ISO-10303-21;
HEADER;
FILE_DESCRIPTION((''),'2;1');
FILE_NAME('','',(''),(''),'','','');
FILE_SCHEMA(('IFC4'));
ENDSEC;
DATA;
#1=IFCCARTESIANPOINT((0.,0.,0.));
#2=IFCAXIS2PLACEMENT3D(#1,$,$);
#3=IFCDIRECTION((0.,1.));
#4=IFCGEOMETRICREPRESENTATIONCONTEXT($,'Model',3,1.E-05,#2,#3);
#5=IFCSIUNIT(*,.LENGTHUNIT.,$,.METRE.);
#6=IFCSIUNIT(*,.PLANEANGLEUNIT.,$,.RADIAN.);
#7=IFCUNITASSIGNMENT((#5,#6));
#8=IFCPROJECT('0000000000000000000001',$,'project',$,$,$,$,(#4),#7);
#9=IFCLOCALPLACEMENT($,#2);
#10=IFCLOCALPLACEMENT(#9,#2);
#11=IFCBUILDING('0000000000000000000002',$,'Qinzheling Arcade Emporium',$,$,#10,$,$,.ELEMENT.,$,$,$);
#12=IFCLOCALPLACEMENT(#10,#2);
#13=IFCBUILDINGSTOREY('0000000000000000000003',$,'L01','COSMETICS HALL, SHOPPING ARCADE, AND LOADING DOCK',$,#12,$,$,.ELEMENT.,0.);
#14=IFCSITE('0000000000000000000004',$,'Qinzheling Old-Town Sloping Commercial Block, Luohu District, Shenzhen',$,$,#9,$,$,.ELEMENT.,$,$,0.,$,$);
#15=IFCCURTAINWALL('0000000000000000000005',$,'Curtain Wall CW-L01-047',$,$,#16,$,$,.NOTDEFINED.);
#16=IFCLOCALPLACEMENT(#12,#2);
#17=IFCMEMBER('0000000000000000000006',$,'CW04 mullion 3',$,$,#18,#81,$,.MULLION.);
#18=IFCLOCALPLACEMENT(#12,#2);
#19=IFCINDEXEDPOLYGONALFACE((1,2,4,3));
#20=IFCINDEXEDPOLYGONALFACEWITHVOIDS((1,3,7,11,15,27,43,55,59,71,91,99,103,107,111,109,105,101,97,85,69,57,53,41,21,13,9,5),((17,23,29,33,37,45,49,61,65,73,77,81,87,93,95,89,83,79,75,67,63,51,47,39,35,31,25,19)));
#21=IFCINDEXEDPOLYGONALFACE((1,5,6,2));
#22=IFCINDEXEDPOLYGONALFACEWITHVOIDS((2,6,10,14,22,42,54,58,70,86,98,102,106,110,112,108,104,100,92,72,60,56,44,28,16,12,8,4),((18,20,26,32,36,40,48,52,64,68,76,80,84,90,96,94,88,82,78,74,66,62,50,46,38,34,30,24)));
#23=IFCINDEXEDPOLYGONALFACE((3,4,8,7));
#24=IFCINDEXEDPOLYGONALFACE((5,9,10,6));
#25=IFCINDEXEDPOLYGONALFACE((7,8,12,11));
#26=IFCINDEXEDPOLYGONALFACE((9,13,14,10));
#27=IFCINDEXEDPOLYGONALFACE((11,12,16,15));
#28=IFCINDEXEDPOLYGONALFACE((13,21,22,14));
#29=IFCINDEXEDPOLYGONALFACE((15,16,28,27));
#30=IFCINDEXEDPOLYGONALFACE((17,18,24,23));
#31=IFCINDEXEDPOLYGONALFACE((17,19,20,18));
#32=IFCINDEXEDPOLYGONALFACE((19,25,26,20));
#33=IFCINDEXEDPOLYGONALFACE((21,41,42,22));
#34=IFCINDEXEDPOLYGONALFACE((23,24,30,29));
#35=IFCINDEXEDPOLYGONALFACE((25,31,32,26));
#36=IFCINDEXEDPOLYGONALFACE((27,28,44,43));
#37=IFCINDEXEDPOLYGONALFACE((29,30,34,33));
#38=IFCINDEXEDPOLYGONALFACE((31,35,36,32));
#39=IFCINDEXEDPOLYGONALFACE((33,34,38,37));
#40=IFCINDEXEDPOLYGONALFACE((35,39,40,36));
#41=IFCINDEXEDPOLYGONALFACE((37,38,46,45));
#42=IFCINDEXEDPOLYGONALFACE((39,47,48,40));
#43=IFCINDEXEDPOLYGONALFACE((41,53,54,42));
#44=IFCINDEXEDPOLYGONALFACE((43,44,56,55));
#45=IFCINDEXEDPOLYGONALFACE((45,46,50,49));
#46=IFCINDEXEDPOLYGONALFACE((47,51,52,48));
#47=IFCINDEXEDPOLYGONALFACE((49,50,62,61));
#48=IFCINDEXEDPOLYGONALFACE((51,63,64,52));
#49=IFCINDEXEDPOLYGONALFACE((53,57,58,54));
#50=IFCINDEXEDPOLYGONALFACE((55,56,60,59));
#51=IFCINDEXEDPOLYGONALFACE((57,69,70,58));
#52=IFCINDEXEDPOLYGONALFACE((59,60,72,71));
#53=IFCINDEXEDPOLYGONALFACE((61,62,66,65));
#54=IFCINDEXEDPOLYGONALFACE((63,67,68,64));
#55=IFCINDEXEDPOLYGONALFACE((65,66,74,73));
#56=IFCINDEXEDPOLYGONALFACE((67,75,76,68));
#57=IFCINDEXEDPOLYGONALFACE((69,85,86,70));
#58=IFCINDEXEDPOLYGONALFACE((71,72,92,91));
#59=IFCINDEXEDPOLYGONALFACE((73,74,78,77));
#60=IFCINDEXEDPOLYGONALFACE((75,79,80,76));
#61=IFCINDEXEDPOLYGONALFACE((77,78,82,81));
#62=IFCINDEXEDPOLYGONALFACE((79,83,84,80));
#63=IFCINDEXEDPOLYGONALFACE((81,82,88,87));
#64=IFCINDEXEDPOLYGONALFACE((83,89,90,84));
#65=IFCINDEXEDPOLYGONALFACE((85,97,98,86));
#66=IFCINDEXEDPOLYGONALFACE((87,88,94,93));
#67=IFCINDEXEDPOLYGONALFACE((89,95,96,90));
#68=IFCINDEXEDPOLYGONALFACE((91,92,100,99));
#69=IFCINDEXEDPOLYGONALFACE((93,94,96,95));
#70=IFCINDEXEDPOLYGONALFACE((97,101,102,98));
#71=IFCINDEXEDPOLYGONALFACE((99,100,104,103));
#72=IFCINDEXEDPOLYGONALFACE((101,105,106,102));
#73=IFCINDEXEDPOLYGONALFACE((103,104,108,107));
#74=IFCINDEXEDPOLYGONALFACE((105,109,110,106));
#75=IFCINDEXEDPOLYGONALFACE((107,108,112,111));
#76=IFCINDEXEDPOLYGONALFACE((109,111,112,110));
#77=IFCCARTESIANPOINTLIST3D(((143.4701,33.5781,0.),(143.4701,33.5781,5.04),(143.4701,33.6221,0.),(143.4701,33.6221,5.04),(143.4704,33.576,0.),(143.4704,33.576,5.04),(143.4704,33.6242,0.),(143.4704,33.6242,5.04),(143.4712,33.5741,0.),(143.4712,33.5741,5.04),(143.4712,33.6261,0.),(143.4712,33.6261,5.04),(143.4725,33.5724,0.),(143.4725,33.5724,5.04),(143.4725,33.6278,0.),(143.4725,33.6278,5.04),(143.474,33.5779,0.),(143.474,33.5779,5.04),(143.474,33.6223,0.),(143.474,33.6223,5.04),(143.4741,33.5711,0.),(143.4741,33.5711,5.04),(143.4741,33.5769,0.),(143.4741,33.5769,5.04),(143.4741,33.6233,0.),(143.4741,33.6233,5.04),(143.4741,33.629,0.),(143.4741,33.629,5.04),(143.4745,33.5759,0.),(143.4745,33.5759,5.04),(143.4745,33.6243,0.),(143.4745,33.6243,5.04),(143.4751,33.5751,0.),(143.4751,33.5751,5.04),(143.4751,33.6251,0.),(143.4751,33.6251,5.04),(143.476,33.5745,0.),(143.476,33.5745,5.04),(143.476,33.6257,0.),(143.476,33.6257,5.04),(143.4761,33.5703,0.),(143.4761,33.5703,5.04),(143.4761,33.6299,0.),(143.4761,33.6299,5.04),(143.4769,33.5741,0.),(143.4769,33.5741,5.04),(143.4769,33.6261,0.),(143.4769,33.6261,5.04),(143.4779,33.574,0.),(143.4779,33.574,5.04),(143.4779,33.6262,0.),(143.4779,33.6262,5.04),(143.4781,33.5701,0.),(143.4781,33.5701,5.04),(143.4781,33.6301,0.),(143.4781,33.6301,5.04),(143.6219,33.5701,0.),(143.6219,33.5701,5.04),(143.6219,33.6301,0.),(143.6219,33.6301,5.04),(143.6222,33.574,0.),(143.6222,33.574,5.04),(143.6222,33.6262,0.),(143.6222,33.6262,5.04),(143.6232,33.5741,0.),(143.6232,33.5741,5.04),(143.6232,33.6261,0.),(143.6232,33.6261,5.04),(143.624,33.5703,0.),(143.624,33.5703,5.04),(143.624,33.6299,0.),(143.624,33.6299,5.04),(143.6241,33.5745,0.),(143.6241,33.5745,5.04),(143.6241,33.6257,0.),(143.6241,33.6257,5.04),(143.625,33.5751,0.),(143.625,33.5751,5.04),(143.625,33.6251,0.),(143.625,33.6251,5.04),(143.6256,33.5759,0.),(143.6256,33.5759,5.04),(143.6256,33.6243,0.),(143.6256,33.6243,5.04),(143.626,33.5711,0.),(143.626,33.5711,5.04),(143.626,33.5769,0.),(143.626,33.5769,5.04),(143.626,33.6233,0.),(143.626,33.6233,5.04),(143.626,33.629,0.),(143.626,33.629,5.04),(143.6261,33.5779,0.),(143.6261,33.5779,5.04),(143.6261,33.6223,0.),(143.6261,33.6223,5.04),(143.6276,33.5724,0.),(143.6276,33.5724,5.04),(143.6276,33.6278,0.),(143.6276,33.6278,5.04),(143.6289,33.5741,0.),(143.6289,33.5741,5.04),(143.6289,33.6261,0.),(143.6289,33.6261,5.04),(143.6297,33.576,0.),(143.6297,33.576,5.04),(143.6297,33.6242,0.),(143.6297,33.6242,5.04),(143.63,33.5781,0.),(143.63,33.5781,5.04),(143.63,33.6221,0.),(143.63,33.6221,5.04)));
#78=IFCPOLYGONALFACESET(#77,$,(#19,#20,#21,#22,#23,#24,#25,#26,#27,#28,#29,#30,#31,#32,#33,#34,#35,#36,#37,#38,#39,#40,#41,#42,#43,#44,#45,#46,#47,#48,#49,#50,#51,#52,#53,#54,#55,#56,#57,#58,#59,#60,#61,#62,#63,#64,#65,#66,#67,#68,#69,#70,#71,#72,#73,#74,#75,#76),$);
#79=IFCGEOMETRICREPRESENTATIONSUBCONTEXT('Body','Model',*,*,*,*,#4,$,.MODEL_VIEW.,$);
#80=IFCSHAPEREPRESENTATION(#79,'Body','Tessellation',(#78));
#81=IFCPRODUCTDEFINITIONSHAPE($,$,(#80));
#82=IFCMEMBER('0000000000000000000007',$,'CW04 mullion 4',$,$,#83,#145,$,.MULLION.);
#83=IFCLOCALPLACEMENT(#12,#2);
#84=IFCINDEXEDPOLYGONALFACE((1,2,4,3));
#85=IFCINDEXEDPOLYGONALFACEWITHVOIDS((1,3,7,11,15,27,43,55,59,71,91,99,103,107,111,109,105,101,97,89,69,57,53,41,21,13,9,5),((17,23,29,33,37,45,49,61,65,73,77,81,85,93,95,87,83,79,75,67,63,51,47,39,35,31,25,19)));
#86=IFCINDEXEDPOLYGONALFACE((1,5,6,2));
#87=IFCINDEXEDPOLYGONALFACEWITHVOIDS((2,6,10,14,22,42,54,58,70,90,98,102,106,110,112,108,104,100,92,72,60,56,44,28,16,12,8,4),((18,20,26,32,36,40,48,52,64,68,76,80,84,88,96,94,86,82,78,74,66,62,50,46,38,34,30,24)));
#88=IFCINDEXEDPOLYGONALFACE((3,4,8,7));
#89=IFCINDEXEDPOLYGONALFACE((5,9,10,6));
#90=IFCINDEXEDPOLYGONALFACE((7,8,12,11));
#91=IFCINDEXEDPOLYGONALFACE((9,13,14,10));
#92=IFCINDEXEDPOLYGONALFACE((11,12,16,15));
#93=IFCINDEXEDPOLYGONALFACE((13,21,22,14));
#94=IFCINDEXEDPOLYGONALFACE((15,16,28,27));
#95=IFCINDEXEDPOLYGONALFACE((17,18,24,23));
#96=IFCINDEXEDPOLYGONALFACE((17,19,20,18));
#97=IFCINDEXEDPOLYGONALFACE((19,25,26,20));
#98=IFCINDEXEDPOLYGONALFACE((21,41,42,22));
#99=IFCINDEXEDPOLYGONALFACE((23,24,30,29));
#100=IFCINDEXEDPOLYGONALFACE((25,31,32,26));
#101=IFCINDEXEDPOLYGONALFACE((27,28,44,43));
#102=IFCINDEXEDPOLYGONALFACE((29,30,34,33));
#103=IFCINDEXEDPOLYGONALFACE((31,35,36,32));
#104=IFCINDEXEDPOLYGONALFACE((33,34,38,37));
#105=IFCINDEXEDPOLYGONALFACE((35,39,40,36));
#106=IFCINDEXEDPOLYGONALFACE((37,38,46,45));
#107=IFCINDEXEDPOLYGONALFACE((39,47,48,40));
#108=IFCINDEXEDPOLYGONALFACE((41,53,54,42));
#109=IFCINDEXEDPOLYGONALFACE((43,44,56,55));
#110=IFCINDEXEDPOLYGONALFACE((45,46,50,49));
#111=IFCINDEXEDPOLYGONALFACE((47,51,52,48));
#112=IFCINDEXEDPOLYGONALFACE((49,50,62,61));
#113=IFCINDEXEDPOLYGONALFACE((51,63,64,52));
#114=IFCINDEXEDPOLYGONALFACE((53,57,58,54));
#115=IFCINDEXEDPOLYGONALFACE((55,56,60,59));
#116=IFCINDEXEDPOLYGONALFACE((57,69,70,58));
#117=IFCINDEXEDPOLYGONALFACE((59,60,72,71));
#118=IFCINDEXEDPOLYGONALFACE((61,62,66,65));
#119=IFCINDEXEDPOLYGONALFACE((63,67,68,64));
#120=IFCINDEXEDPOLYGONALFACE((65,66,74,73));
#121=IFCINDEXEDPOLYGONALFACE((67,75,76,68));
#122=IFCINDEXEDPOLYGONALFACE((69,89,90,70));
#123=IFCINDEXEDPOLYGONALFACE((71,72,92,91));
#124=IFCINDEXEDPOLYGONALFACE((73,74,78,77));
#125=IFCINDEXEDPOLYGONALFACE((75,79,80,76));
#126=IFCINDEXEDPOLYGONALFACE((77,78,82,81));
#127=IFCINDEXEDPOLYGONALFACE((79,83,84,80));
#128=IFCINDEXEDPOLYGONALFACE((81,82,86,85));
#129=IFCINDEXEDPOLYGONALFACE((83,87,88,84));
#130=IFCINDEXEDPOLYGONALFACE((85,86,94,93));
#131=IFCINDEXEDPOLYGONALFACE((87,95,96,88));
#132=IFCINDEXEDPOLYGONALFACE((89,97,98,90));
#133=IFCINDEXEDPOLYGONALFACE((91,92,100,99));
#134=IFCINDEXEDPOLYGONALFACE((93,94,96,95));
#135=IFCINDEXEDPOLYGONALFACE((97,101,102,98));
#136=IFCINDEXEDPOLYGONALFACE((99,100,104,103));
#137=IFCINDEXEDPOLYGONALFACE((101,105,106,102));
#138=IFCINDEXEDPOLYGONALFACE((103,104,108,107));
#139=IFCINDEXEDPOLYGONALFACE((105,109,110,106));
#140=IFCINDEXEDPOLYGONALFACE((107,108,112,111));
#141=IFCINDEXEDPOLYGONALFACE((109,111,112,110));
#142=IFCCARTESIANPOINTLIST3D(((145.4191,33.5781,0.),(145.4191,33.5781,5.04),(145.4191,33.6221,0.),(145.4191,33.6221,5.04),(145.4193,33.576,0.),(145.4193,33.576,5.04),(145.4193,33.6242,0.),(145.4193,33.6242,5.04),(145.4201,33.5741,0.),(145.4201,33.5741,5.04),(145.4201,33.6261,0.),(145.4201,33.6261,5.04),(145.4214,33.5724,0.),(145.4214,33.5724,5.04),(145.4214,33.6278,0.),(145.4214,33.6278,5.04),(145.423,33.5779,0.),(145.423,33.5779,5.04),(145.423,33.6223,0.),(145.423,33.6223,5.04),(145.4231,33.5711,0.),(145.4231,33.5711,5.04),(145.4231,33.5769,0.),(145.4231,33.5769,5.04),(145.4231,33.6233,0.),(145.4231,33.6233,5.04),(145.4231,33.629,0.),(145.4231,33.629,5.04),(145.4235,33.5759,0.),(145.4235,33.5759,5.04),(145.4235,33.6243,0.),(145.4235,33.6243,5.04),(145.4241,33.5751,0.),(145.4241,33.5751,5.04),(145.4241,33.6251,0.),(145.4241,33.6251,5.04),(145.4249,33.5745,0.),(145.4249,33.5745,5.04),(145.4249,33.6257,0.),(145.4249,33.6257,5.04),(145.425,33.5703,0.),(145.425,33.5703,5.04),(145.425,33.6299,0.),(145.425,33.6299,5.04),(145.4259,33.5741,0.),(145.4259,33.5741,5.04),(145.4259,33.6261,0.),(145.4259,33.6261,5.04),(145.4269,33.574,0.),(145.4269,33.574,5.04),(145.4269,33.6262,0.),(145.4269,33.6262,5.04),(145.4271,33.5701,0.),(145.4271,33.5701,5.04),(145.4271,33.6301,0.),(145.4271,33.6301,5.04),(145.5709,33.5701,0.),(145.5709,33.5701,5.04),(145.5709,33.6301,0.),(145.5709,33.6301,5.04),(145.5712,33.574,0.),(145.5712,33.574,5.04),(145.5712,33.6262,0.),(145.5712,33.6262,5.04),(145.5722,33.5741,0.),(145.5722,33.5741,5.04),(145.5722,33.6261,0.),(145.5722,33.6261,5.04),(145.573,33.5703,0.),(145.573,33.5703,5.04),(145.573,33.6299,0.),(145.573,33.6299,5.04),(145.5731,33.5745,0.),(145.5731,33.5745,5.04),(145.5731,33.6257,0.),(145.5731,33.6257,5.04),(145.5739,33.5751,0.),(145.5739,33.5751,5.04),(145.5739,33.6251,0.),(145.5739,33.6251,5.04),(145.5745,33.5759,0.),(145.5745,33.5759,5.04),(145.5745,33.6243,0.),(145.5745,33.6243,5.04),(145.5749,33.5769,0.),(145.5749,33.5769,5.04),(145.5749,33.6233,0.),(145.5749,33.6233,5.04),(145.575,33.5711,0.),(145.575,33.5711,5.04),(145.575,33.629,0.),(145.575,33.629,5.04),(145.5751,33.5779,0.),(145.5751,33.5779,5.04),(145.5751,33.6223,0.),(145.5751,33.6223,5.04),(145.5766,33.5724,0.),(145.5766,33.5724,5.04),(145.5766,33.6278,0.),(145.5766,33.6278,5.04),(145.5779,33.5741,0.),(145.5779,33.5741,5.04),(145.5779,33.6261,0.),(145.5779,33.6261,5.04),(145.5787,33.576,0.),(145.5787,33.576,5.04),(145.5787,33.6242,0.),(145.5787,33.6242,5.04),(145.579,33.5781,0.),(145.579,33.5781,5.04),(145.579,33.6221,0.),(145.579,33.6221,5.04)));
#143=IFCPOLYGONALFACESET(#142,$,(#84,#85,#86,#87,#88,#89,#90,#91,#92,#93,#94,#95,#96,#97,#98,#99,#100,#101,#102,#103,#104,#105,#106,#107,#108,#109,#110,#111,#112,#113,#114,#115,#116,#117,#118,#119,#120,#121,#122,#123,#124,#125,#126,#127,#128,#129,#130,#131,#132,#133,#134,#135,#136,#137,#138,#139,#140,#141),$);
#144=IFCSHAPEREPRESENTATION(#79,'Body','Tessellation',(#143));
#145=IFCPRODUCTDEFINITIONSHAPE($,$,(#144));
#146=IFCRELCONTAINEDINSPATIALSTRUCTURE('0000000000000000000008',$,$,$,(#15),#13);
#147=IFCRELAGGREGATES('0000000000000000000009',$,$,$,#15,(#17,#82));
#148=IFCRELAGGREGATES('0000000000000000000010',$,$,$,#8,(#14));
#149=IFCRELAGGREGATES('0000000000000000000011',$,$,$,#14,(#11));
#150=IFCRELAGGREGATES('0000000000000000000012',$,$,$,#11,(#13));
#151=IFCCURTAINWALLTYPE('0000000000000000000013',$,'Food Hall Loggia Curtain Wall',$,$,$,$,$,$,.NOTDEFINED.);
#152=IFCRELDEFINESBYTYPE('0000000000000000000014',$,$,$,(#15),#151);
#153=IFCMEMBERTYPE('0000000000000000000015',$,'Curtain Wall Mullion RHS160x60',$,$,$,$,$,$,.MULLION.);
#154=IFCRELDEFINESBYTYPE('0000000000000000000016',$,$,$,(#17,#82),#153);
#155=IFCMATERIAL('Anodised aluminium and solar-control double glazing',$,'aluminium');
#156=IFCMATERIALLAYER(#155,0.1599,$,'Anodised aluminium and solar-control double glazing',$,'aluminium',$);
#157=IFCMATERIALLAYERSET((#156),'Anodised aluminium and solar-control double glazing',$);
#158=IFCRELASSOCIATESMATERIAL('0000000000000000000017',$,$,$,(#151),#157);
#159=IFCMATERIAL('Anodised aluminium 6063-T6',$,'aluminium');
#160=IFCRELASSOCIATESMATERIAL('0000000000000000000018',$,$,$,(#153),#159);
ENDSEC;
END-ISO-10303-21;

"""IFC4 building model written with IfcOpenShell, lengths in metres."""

from ifc_helpers import new_model, si_unit, direction, frame, origin, origin_2d, place, context, subcontext, project, spatial, hollow_rectangle, extrude, material, layer, layer_set, material_profile, profile_set, type_object, element, aggregate, save


model = new_model("IFC4")

# Units and contexts
model_context = context("Model", 3, precision=1e-05, world=origin(), true_north=direction((0.0, 1.0)))
body_context = subcontext(model_context, "Body", "Model", "MODEL_VIEW")
ifc_project = project(units=[si_unit("LENGTHUNIT", "METRE"), si_unit("PLANEANGLEUNIT", "RADIAN")], contexts=[model_context])

# Site, building, storey
site_placement = place(None, origin())
site = spatial("IfcSite", under=ifc_project, at=site_placement, Name="Qinzheling Old-Town Sloping Commercial Block, Luohu District, Shenzhen", CompositionType="ELEMENT", RefElevation=0.0)
building_placement = place(site_placement, origin())
building = spatial("IfcBuilding", under=site, at=building_placement, Name="Qinzheling Arcade Emporium", CompositionType="ELEMENT")
storey_placement = place(building_placement, origin())
storey = spatial("IfcBuildingStorey", under=building, at=storey_placement, Name="L01", Description="COSMETICS HALL, SHOPPING ARCADE, AND LOADING DOCK", CompositionType="ELEMENT", Elevation=0.0)

# Curtain wall, members
ifc_material_1 = material(Name="Anodised aluminium and solar-control double glazing", Category="aluminium")
ifc_layer_1 = layer(ifc_material_1, 0.1599, Name="Anodised aluminium and solar-control double glazing", Category="aluminium")
ifc_layer_set_1 = layer_set([ifc_layer_1], Name="Anodised aluminium and solar-control double glazing")
curtain_wall_type = type_object("IfcCurtainWallType", Name="Food Hall Loggia Curtain Wall", PredefinedType="NOTDEFINED", material=ifc_layer_set_1)
curtain_wall_placement = place(storey_placement, origin())
curtain_wall = element("IfcCurtainWall", 1, at=curtain_wall_placement, inside=storey, type_object=curtain_wall_type, Name="Curtain Wall CW-L01-047", PredefinedType="NOTDEFINED")
ifc_material_2 = material(Name="Anodised aluminium 6063-T6", Category="aluminium")
ifc_material_profile_1 = material_profile(ifc_material_2, hollow_rectangle(XDim=0.0601, YDim=0.1599, WallThickness=0.0039, InnerFilletRadius=0.0039, OuterFilletRadius=0.0081, at=origin_2d()), Name="RHS 160x60x4", Category="aluminium")
ifc_profile_set_1 = profile_set([ifc_material_profile_1], Name="Anodised aluminium 6063-T6")
member_type_1 = type_object("IfcMemberType", Name="Curtain Wall Mullion RHS160x60", PredefinedType="MULLION", material=ifc_profile_set_1)
member_1_placement = place(storey_placement, frame((143.55, 33.6001, 0.0), z_axis=(0.0, 0.0, 1.0), x_axis=(0.0, 1.0, 0.0)))
member_1 = element("IfcMember", 2, at=member_1_placement, type_object=member_type_1, Name="CW04 mullion 3", PredefinedType="MULLION", context=body_context, shape_type="SweptSolid", body=[
    extrude(hollow_rectangle(XDim=0.0601, YDim=0.1599, WallThickness=0.0039, InnerFilletRadius=0.0039, OuterFilletRadius=0.0081, at=origin_2d()), origin(), (0.0, 0.0, 1.0), 5.04),
])
member_2_placement = place(storey_placement, frame((145.499, 33.6001, 0.0), z_axis=(0.0, 0.0, 1.0), x_axis=(0.0, 1.0, 0.0)))
member_2 = element("IfcMember", 3, at=member_2_placement, type_object=member_type_1, Name="CW04 mullion 4", PredefinedType="MULLION", context=body_context, shape_type="SweptSolid", body=[
    extrude(hollow_rectangle(XDim=0.0601, YDim=0.1599, WallThickness=0.0039, InnerFilletRadius=0.0039, OuterFilletRadius=0.0081, at=origin_2d()), origin(), (0.0, 0.0, 1.0), 5.04),
])

aggregate(curtain_wall, [member_1, member_2])

save(model, "model.ifc")
